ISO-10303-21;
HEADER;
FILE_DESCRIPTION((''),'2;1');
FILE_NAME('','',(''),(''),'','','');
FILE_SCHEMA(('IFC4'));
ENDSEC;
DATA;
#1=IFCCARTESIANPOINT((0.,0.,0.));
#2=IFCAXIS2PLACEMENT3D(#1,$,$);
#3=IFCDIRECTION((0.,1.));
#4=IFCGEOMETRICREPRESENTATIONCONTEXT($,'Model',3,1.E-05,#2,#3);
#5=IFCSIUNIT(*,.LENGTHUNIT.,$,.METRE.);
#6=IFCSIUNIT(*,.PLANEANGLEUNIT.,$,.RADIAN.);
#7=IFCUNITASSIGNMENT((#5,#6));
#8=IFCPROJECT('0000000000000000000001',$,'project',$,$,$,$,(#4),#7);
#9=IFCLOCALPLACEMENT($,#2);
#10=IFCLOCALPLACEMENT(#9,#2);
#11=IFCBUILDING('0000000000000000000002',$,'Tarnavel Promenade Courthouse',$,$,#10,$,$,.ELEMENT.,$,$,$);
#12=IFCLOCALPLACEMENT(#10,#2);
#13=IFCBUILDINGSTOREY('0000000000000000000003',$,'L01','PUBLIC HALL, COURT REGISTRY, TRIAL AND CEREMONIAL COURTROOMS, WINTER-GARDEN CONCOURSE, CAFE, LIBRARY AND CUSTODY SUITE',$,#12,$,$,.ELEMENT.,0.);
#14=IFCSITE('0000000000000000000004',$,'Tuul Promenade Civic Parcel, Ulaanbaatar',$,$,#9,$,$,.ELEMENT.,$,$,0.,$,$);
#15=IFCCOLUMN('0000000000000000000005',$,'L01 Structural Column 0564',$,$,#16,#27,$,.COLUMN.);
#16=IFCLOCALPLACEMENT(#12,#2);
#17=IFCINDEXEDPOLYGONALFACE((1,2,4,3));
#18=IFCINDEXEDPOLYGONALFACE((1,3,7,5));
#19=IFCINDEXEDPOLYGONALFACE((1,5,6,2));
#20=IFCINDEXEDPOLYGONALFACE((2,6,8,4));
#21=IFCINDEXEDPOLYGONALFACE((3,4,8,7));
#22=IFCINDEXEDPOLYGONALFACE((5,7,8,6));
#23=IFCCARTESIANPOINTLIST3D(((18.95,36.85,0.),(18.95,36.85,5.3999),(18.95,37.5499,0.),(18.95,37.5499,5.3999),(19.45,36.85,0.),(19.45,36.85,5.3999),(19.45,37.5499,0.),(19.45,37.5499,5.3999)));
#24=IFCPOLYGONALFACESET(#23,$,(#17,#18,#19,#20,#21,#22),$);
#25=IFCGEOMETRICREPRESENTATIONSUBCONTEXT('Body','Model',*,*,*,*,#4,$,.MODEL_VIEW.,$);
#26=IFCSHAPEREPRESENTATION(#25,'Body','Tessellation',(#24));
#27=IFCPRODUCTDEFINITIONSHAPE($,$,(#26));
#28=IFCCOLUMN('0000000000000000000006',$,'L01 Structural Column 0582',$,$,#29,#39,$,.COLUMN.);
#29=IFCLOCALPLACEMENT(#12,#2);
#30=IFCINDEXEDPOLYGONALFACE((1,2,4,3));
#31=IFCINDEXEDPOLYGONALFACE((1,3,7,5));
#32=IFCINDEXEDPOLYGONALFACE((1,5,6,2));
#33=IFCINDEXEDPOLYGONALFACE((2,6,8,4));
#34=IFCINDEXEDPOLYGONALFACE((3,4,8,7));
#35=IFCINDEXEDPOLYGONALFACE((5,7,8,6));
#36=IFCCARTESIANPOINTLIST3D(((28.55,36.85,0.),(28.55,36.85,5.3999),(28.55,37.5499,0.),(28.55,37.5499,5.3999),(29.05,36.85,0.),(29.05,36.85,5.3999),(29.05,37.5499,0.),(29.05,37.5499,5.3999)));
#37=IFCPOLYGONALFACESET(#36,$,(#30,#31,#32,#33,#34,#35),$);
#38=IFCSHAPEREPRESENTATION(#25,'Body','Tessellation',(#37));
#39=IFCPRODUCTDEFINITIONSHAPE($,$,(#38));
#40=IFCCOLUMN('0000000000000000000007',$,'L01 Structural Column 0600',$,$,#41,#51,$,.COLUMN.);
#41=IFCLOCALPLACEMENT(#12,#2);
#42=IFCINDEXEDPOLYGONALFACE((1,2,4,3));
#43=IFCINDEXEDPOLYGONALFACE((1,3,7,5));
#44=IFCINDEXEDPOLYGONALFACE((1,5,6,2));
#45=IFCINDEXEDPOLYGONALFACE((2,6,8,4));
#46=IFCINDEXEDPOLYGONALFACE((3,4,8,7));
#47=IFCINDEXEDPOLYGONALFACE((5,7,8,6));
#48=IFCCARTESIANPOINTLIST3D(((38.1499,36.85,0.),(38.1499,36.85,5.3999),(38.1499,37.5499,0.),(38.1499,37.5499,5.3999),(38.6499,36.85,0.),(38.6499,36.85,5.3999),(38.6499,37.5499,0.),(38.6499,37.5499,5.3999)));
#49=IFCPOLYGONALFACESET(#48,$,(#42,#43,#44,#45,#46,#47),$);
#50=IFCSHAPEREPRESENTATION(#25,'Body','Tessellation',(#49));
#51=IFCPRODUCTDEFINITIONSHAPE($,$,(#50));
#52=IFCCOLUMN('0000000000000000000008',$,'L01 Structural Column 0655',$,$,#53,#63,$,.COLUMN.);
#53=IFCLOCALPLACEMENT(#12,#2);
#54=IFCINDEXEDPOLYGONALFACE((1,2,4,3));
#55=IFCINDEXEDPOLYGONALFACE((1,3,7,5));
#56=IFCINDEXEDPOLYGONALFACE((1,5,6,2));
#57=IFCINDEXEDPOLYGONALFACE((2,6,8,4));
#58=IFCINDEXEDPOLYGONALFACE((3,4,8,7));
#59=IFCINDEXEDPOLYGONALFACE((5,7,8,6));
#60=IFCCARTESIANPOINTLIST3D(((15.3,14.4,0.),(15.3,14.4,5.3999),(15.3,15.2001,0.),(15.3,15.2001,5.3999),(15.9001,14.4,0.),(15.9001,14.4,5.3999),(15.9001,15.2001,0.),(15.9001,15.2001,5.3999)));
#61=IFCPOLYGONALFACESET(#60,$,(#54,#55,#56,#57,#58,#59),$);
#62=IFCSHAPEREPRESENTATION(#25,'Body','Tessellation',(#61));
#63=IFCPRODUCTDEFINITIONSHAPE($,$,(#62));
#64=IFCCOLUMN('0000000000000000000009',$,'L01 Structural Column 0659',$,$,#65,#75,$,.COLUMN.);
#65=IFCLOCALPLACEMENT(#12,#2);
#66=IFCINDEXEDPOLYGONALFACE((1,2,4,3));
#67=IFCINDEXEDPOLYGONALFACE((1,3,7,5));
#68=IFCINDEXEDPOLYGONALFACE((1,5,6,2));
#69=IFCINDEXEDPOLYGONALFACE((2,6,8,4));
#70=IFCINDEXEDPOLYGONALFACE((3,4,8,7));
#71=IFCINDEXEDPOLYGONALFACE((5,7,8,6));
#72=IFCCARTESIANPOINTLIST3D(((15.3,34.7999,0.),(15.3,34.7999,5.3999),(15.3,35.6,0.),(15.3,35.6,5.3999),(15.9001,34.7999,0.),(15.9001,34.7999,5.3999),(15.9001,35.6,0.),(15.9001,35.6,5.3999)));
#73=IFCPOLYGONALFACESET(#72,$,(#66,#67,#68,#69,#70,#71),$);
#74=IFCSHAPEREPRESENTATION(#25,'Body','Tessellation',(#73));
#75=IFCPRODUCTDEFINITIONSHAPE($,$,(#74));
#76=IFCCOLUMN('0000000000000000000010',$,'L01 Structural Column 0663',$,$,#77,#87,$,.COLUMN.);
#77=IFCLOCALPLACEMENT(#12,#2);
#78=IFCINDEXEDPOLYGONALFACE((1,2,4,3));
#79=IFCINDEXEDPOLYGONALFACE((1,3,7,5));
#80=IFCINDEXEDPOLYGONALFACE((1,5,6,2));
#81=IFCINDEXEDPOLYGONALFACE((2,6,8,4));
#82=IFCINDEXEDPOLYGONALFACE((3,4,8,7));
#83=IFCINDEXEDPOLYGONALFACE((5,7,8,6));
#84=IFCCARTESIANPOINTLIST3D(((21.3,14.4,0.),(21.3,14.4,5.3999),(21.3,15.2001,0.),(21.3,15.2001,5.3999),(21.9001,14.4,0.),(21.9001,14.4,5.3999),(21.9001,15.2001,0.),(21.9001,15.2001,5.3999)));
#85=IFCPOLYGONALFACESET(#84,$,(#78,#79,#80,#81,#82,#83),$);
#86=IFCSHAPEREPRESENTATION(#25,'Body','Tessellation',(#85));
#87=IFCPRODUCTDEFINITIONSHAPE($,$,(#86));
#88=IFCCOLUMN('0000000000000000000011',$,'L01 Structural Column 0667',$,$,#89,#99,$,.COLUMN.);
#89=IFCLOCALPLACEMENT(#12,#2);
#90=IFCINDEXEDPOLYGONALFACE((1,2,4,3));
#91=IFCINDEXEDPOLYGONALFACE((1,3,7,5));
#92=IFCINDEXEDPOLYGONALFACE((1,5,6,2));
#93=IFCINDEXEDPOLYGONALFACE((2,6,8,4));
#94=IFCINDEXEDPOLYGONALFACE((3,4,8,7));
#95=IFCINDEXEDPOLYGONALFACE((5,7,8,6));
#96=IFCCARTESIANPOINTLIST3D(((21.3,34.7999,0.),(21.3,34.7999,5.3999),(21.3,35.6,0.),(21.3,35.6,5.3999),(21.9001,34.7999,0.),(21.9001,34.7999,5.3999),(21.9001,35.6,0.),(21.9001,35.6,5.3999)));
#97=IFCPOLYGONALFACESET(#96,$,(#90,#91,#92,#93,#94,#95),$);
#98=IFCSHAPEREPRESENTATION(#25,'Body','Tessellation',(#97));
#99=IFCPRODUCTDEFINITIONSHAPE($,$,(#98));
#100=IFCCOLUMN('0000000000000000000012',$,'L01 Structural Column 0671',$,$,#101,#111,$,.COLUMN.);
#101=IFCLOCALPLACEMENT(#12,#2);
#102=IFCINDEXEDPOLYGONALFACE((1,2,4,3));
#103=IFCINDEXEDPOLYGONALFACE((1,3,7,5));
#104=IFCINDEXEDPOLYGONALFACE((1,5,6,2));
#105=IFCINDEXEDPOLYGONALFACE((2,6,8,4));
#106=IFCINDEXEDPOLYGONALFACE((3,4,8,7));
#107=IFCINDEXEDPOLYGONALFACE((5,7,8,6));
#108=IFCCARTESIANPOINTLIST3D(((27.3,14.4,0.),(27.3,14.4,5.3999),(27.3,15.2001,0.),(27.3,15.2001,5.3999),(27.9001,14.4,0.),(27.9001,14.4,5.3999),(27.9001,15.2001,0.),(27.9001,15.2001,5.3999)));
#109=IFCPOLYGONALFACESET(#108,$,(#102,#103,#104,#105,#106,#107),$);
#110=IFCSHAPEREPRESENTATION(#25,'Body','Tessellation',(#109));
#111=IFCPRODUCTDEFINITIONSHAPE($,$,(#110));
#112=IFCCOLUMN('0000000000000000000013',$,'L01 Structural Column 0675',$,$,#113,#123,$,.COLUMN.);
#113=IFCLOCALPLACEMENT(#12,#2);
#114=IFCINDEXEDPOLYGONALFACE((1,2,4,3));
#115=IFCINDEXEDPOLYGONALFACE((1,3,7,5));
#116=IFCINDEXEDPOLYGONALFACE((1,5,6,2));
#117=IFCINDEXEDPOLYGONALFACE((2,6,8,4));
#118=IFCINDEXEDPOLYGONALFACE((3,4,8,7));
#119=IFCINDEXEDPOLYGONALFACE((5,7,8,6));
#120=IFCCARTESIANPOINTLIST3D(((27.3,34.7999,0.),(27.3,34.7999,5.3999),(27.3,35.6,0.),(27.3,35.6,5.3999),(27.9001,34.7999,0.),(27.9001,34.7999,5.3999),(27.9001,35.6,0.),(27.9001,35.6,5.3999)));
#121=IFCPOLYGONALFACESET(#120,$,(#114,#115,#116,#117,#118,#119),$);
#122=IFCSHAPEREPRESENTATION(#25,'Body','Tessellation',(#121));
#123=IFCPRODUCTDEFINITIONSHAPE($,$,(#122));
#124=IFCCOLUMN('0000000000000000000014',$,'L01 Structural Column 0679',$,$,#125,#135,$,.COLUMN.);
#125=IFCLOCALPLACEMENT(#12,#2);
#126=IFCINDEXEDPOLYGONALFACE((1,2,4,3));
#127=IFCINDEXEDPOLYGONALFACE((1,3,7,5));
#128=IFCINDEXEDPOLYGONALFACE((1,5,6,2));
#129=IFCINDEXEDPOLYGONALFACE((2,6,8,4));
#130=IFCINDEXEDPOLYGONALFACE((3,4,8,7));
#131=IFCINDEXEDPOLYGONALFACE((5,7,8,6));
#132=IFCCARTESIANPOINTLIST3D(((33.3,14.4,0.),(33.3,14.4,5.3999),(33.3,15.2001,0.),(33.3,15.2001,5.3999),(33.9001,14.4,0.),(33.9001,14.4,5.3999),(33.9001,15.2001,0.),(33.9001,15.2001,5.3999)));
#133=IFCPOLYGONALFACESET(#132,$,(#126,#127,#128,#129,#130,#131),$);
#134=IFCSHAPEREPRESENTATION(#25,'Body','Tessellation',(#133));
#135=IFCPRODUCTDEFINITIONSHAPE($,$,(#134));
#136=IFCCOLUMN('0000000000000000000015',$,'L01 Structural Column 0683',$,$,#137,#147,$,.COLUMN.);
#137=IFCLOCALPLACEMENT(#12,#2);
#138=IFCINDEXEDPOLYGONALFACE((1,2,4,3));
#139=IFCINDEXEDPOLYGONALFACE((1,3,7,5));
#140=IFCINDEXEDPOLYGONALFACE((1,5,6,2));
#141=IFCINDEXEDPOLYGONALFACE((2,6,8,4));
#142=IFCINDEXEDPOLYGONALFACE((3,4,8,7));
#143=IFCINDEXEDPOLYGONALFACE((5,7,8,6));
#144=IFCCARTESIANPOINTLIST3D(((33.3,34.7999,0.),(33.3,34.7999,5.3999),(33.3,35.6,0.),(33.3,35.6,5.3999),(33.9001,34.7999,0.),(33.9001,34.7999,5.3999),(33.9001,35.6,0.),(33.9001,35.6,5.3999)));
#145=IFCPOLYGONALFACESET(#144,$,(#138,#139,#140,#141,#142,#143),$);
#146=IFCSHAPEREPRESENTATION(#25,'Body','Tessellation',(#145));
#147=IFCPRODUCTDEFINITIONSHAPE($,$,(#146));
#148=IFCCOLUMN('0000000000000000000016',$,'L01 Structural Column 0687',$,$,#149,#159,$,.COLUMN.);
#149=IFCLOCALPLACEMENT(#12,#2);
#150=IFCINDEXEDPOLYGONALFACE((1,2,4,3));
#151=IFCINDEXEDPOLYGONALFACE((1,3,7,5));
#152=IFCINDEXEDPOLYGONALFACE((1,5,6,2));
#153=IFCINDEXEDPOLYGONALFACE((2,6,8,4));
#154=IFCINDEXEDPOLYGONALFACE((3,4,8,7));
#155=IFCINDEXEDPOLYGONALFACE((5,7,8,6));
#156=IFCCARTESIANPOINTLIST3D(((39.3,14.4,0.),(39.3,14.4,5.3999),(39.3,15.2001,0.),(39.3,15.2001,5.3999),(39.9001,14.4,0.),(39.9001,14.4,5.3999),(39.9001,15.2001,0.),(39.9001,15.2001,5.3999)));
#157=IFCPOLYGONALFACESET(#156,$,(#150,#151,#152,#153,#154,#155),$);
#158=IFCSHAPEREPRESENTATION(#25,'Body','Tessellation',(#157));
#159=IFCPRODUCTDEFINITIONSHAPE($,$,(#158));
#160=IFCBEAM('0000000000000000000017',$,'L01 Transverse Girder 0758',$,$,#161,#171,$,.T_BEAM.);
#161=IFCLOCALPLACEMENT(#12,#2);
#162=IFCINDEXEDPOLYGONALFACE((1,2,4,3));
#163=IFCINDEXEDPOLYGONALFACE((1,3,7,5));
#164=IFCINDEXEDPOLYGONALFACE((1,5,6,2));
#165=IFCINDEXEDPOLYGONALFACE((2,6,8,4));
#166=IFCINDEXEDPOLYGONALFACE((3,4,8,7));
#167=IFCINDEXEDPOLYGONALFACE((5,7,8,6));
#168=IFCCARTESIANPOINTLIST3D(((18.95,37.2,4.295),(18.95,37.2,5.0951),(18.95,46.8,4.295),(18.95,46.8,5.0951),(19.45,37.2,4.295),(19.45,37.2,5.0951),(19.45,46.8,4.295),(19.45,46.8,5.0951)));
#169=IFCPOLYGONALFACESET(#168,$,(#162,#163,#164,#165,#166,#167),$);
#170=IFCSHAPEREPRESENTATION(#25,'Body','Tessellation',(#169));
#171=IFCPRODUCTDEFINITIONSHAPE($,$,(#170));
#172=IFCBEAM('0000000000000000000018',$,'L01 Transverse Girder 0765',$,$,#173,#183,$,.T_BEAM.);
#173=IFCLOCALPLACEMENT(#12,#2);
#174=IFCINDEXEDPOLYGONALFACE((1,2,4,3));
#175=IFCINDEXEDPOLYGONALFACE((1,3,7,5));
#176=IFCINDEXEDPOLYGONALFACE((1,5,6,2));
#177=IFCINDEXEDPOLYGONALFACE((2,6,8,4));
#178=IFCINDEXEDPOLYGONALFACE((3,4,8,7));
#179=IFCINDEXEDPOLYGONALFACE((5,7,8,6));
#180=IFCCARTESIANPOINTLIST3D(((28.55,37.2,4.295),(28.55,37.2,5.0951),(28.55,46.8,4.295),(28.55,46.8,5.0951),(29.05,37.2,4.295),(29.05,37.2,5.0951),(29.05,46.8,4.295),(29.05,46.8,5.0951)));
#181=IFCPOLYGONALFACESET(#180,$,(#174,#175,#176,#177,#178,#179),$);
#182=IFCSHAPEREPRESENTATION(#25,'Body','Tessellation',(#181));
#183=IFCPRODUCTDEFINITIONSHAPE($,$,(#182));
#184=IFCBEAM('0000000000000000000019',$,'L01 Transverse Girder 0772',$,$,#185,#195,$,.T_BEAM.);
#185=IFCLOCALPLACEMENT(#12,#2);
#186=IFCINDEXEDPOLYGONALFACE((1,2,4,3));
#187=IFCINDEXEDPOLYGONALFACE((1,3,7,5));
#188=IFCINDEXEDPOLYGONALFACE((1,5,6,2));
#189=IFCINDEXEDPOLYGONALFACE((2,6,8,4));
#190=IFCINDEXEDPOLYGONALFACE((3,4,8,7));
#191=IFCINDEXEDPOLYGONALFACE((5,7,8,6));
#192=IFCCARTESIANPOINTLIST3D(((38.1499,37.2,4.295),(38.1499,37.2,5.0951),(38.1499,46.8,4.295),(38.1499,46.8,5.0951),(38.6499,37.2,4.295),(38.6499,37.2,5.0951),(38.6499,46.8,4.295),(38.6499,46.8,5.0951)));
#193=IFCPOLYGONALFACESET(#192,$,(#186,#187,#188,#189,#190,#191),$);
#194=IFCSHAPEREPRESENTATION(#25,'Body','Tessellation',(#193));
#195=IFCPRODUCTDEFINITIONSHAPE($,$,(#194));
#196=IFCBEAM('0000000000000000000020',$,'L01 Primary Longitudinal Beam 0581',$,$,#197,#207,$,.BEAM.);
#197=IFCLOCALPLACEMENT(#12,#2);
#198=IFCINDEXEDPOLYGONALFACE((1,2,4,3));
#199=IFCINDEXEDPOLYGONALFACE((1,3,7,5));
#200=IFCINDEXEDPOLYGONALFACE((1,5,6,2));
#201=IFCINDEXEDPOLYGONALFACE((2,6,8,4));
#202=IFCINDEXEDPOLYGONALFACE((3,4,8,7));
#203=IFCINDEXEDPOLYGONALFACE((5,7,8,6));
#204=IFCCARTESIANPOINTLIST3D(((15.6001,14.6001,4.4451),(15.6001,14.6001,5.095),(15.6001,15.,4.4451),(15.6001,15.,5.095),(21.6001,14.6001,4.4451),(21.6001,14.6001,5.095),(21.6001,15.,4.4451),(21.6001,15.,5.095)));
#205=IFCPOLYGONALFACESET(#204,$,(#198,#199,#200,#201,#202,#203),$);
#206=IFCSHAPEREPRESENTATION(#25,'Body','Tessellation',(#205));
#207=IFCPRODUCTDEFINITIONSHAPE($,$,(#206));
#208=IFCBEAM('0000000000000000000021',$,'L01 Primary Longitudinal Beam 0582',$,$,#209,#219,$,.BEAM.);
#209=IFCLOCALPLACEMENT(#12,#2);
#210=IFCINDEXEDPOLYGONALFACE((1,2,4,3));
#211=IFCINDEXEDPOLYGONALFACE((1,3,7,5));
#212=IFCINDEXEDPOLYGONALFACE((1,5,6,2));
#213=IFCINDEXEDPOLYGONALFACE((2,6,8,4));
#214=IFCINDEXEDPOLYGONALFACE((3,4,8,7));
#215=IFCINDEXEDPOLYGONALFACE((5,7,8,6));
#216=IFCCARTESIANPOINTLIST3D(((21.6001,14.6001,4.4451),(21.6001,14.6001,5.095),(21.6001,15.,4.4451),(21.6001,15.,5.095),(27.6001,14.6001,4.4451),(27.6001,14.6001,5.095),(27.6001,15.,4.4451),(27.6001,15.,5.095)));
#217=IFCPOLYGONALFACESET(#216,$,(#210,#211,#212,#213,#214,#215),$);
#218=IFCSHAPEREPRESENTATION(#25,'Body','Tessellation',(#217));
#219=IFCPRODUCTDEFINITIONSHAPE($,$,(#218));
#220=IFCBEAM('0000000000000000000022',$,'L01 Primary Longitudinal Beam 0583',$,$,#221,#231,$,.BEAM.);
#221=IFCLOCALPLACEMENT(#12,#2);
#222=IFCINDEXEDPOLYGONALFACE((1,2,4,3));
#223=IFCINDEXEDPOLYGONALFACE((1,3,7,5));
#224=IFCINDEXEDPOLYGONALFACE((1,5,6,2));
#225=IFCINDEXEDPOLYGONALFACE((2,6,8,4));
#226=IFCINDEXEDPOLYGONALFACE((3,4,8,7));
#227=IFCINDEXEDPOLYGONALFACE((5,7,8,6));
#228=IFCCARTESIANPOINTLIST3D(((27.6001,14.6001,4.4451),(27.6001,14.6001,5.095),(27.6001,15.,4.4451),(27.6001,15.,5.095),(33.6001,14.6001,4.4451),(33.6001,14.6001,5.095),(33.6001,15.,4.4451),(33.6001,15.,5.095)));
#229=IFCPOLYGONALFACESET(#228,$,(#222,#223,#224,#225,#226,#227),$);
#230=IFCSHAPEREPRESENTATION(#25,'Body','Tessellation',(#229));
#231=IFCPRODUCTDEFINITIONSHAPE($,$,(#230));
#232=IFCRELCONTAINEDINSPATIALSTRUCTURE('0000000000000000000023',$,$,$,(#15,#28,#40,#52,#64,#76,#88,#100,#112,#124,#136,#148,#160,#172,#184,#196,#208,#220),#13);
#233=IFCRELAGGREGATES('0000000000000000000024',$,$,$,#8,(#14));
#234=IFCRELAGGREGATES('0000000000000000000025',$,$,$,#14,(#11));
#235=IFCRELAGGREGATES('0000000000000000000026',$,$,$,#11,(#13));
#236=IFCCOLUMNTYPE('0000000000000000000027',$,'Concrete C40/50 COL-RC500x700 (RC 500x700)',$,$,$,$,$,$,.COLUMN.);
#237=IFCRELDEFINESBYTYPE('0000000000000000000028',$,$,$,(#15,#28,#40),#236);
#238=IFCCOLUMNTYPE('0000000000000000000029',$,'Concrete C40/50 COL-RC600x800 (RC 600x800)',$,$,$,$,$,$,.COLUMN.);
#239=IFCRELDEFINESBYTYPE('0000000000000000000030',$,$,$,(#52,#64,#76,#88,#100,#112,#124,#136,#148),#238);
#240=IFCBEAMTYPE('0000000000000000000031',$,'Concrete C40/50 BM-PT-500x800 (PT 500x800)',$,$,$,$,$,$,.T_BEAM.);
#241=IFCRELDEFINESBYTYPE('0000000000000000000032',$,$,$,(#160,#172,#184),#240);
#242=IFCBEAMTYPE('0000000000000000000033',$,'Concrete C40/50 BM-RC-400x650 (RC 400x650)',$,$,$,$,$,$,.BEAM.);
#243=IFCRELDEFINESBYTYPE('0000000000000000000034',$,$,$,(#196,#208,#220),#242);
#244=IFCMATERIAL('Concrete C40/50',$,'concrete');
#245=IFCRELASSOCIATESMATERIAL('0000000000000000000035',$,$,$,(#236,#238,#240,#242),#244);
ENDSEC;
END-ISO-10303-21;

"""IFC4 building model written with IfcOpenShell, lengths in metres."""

from ifc_helpers import new_model, si_unit, direction, frame, origin, origin_2d, place, context, subcontext, project, spatial, rectangle, extrude, material, material_profile, profile_set, type_object, element, save


model = new_model("IFC4")

# Units and contexts
model_context = context("Model", 3, precision=1e-05, world=origin(), true_north=direction((0.0, 1.0)))
body_context = subcontext(model_context, "Body", "Model", "MODEL_VIEW")
ifc_project = project(units=[si_unit("LENGTHUNIT", "METRE"), si_unit("PLANEANGLEUNIT", "RADIAN")], contexts=[model_context])

# Site, building, storey
site_placement = place(None, origin())
site = spatial("IfcSite", under=ifc_project, at=site_placement, Name="Tuul Promenade Civic Parcel, Ulaanbaatar", CompositionType="ELEMENT", RefElevation=0.0)
building_placement = place(site_placement, origin())
building = spatial("IfcBuilding", under=site, at=building_placement, Name="Tarnavel Promenade Courthouse", CompositionType="ELEMENT")
storey_placement = place(building_placement, origin())
storey = spatial("IfcBuildingStorey", under=building, at=storey_placement, Name="L01", Description="PUBLIC HALL, COURT REGISTRY, TRIAL AND CEREMONIAL COURTROOMS, WINTER-GARDEN CONCOURSE, CAFE, LIBRARY AND CUSTODY SUITE", CompositionType="ELEMENT", Elevation=0.0)

# Columns
ifc_material_1 = material(Name="Concrete C40/50", Category="concrete")
ifc_material_profile_1 = material_profile(ifc_material_1, rectangle(XDim=0.5, YDim=0.7, at=origin_2d()), Name="RC 500x700")
ifc_profile_set_1 = profile_set([ifc_material_profile_1], Name="Concrete C40/50")
column_type_1 = type_object("IfcColumnType", Name="Concrete C40/50 COL-RC500x700 (RC 500x700)", PredefinedType="COLUMN", material=ifc_profile_set_1)
for number, where, z_axis, x_axis, name in (
    (1, (19.2, 37.2, 0.0), (0.0, 0.0, 1.0), (1.0, 0.0, 0.0), "L01 Structural Column 0564"),
    (2, (28.8, 37.2, 0.0), (0.0, 0.0, 1.0), (1.0, 0.0, 0.0), "L01 Structural Column 0582"),
    (3, (38.3999, 37.2, 0.0), (0.0, 0.0, 1.0), (1.0, 0.0, 0.0), "L01 Structural Column 0600"),
):
    element("IfcColumn", number, at=place(storey_placement, frame(where, z_axis=z_axis, x_axis=x_axis)), inside=storey, type_object=column_type_1, Name=name, PredefinedType="COLUMN", context=body_context, shape_type="SweptSolid", body=[
        extrude(rectangle(XDim=0.5, YDim=0.7, at=origin_2d()), origin(), (0.0, 0.0, 1.0), 5.3999),
    ])
ifc_material_profile_2 = material_profile(ifc_material_1, rectangle(XDim=0.6001, YDim=0.8, at=origin_2d()), Name="RC 600x800")
ifc_profile_set_2 = profile_set([ifc_material_profile_2], Name="Concrete C40/50")
column_type_2 = type_object("IfcColumnType", Name="Concrete C40/50 COL-RC600x800 (RC 600x800)", PredefinedType="COLUMN", material=ifc_profile_set_2)
for number, where, z_axis, x_axis, name in (
    (4, (15.6001, 14.8, 0.0), (0.0, 0.0, 1.0), (1.0, 0.0, 0.0), "L01 Structural Column 0655"),
    (5, (15.6001, 35.2, 0.0), (0.0, 0.0, 1.0), (1.0, 0.0, 0.0), "L01 Structural Column 0659"),
    (6, (21.6001, 14.8, 0.0), (0.0, 0.0, 1.0), (1.0, 0.0, 0.0), "L01 Structural Column 0663"),
    (7, (21.6001, 35.2, 0.0), (0.0, 0.0, 1.0), (1.0, 0.0, 0.0), "L01 Structural Column 0667"),
    (8, (27.6001, 14.8, 0.0), (0.0, 0.0, 1.0), (1.0, 0.0, 0.0), "L01 Structural Column 0671"),
    (9, (27.6001, 35.2, 0.0), (0.0, 0.0, 1.0), (1.0, 0.0, 0.0), "L01 Structural Column 0675"),
    (10, (33.6001, 14.8, 0.0), (0.0, 0.0, 1.0), (1.0, 0.0, 0.0), "L01 Structural Column 0679"),
    (11, (33.6001, 35.2, 0.0), (0.0, 0.0, 1.0), (1.0, 0.0, 0.0), "L01 Structural Column 0683"),
    (12, (39.6001, 14.8, 0.0), (0.0, 0.0, 1.0), (1.0, 0.0, 0.0), "L01 Structural Column 0687"),
):
    element("IfcColumn", number, at=place(storey_placement, frame(where, z_axis=z_axis, x_axis=x_axis)), inside=storey, type_object=column_type_2, Name=name, PredefinedType="COLUMN", context=body_context, shape_type="SweptSolid", body=[
        extrude(rectangle(XDim=0.6001, YDim=0.8, at=origin_2d()), origin(), (0.0, 0.0, 1.0), 5.3999),
    ])

# Beams
ifc_material_profile_3 = material_profile(ifc_material_1, rectangle(XDim=0.5, YDim=0.8, at=origin_2d()), Name="PT 500x800")
ifc_profile_set_3 = profile_set([ifc_material_profile_3], Name="Concrete C40/50")
beam_type_1 = type_object("IfcBeamType", Name="Concrete C40/50 BM-PT-500x800 (PT 500x800)", PredefinedType="T_BEAM", material=ifc_profile_set_3)
for number, where, z_axis, x_axis, name in (
    (13, (19.2, 37.2, 4.6951), (0.0, 1.0, 0.0), (-1.0, 0.0, 0.0), "L01 Transverse Girder 0758"),
    (14, (28.8, 37.2, 4.6951), (0.0, 1.0, 0.0), (-1.0, 0.0, 0.0), "L01 Transverse Girder 0765"),
    (15, (38.3999, 37.2, 4.6951), (0.0, 1.0, 0.0), (-1.0, 0.0, 0.0), "L01 Transverse Girder 0772"),
):
    element("IfcBeam", number, at=place(storey_placement, frame(where, z_axis=z_axis, x_axis=x_axis)), inside=storey, type_object=beam_type_1, Name=name, PredefinedType="T_BEAM", context=body_context, shape_type="SweptSolid", body=[
        extrude(rectangle(XDim=0.5, YDim=0.8, at=origin_2d()), origin(), (0.0, 0.0, 1.0), 9.6001),
    ])
ifc_material_profile_4 = material_profile(ifc_material_1, rectangle(XDim=0.3999, YDim=0.6499, at=origin_2d()), Name="RC 400x650")
ifc_profile_set_4 = profile_set([ifc_material_profile_4], Name="Concrete C40/50")
beam_type_2 = type_object("IfcBeamType", Name="Concrete C40/50 BM-RC-400x650 (RC 400x650)", PredefinedType="BEAM", material=ifc_profile_set_4)
for number, where, z_axis, x_axis, name in (
    (16, (15.6001, 14.8, 4.77), (1.0, 0.0, 0.0), (0.0, 1.0, 0.0), "L01 Primary Longitudinal Beam 0581"),
    (17, (21.6001, 14.8, 4.77), (1.0, 0.0, 0.0), (0.0, 1.0, 0.0), "L01 Primary Longitudinal Beam 0582"),
    (18, (27.6001, 14.8, 4.77), (1.0, 0.0, 0.0), (0.0, 1.0, 0.0), "L01 Primary Longitudinal Beam 0583"),
):
    element("IfcBeam", number, at=place(storey_placement, frame(where, z_axis=z_axis, x_axis=x_axis)), inside=storey, type_object=beam_type_2, Name=name, PredefinedType="BEAM", context=body_context, shape_type="SweptSolid", body=[
        extrude(rectangle(XDim=0.3999, YDim=0.6499, at=origin_2d()), origin(), (0.0, 0.0, 1.0), 6.0),
    ])

save(model, "model.ifc")
